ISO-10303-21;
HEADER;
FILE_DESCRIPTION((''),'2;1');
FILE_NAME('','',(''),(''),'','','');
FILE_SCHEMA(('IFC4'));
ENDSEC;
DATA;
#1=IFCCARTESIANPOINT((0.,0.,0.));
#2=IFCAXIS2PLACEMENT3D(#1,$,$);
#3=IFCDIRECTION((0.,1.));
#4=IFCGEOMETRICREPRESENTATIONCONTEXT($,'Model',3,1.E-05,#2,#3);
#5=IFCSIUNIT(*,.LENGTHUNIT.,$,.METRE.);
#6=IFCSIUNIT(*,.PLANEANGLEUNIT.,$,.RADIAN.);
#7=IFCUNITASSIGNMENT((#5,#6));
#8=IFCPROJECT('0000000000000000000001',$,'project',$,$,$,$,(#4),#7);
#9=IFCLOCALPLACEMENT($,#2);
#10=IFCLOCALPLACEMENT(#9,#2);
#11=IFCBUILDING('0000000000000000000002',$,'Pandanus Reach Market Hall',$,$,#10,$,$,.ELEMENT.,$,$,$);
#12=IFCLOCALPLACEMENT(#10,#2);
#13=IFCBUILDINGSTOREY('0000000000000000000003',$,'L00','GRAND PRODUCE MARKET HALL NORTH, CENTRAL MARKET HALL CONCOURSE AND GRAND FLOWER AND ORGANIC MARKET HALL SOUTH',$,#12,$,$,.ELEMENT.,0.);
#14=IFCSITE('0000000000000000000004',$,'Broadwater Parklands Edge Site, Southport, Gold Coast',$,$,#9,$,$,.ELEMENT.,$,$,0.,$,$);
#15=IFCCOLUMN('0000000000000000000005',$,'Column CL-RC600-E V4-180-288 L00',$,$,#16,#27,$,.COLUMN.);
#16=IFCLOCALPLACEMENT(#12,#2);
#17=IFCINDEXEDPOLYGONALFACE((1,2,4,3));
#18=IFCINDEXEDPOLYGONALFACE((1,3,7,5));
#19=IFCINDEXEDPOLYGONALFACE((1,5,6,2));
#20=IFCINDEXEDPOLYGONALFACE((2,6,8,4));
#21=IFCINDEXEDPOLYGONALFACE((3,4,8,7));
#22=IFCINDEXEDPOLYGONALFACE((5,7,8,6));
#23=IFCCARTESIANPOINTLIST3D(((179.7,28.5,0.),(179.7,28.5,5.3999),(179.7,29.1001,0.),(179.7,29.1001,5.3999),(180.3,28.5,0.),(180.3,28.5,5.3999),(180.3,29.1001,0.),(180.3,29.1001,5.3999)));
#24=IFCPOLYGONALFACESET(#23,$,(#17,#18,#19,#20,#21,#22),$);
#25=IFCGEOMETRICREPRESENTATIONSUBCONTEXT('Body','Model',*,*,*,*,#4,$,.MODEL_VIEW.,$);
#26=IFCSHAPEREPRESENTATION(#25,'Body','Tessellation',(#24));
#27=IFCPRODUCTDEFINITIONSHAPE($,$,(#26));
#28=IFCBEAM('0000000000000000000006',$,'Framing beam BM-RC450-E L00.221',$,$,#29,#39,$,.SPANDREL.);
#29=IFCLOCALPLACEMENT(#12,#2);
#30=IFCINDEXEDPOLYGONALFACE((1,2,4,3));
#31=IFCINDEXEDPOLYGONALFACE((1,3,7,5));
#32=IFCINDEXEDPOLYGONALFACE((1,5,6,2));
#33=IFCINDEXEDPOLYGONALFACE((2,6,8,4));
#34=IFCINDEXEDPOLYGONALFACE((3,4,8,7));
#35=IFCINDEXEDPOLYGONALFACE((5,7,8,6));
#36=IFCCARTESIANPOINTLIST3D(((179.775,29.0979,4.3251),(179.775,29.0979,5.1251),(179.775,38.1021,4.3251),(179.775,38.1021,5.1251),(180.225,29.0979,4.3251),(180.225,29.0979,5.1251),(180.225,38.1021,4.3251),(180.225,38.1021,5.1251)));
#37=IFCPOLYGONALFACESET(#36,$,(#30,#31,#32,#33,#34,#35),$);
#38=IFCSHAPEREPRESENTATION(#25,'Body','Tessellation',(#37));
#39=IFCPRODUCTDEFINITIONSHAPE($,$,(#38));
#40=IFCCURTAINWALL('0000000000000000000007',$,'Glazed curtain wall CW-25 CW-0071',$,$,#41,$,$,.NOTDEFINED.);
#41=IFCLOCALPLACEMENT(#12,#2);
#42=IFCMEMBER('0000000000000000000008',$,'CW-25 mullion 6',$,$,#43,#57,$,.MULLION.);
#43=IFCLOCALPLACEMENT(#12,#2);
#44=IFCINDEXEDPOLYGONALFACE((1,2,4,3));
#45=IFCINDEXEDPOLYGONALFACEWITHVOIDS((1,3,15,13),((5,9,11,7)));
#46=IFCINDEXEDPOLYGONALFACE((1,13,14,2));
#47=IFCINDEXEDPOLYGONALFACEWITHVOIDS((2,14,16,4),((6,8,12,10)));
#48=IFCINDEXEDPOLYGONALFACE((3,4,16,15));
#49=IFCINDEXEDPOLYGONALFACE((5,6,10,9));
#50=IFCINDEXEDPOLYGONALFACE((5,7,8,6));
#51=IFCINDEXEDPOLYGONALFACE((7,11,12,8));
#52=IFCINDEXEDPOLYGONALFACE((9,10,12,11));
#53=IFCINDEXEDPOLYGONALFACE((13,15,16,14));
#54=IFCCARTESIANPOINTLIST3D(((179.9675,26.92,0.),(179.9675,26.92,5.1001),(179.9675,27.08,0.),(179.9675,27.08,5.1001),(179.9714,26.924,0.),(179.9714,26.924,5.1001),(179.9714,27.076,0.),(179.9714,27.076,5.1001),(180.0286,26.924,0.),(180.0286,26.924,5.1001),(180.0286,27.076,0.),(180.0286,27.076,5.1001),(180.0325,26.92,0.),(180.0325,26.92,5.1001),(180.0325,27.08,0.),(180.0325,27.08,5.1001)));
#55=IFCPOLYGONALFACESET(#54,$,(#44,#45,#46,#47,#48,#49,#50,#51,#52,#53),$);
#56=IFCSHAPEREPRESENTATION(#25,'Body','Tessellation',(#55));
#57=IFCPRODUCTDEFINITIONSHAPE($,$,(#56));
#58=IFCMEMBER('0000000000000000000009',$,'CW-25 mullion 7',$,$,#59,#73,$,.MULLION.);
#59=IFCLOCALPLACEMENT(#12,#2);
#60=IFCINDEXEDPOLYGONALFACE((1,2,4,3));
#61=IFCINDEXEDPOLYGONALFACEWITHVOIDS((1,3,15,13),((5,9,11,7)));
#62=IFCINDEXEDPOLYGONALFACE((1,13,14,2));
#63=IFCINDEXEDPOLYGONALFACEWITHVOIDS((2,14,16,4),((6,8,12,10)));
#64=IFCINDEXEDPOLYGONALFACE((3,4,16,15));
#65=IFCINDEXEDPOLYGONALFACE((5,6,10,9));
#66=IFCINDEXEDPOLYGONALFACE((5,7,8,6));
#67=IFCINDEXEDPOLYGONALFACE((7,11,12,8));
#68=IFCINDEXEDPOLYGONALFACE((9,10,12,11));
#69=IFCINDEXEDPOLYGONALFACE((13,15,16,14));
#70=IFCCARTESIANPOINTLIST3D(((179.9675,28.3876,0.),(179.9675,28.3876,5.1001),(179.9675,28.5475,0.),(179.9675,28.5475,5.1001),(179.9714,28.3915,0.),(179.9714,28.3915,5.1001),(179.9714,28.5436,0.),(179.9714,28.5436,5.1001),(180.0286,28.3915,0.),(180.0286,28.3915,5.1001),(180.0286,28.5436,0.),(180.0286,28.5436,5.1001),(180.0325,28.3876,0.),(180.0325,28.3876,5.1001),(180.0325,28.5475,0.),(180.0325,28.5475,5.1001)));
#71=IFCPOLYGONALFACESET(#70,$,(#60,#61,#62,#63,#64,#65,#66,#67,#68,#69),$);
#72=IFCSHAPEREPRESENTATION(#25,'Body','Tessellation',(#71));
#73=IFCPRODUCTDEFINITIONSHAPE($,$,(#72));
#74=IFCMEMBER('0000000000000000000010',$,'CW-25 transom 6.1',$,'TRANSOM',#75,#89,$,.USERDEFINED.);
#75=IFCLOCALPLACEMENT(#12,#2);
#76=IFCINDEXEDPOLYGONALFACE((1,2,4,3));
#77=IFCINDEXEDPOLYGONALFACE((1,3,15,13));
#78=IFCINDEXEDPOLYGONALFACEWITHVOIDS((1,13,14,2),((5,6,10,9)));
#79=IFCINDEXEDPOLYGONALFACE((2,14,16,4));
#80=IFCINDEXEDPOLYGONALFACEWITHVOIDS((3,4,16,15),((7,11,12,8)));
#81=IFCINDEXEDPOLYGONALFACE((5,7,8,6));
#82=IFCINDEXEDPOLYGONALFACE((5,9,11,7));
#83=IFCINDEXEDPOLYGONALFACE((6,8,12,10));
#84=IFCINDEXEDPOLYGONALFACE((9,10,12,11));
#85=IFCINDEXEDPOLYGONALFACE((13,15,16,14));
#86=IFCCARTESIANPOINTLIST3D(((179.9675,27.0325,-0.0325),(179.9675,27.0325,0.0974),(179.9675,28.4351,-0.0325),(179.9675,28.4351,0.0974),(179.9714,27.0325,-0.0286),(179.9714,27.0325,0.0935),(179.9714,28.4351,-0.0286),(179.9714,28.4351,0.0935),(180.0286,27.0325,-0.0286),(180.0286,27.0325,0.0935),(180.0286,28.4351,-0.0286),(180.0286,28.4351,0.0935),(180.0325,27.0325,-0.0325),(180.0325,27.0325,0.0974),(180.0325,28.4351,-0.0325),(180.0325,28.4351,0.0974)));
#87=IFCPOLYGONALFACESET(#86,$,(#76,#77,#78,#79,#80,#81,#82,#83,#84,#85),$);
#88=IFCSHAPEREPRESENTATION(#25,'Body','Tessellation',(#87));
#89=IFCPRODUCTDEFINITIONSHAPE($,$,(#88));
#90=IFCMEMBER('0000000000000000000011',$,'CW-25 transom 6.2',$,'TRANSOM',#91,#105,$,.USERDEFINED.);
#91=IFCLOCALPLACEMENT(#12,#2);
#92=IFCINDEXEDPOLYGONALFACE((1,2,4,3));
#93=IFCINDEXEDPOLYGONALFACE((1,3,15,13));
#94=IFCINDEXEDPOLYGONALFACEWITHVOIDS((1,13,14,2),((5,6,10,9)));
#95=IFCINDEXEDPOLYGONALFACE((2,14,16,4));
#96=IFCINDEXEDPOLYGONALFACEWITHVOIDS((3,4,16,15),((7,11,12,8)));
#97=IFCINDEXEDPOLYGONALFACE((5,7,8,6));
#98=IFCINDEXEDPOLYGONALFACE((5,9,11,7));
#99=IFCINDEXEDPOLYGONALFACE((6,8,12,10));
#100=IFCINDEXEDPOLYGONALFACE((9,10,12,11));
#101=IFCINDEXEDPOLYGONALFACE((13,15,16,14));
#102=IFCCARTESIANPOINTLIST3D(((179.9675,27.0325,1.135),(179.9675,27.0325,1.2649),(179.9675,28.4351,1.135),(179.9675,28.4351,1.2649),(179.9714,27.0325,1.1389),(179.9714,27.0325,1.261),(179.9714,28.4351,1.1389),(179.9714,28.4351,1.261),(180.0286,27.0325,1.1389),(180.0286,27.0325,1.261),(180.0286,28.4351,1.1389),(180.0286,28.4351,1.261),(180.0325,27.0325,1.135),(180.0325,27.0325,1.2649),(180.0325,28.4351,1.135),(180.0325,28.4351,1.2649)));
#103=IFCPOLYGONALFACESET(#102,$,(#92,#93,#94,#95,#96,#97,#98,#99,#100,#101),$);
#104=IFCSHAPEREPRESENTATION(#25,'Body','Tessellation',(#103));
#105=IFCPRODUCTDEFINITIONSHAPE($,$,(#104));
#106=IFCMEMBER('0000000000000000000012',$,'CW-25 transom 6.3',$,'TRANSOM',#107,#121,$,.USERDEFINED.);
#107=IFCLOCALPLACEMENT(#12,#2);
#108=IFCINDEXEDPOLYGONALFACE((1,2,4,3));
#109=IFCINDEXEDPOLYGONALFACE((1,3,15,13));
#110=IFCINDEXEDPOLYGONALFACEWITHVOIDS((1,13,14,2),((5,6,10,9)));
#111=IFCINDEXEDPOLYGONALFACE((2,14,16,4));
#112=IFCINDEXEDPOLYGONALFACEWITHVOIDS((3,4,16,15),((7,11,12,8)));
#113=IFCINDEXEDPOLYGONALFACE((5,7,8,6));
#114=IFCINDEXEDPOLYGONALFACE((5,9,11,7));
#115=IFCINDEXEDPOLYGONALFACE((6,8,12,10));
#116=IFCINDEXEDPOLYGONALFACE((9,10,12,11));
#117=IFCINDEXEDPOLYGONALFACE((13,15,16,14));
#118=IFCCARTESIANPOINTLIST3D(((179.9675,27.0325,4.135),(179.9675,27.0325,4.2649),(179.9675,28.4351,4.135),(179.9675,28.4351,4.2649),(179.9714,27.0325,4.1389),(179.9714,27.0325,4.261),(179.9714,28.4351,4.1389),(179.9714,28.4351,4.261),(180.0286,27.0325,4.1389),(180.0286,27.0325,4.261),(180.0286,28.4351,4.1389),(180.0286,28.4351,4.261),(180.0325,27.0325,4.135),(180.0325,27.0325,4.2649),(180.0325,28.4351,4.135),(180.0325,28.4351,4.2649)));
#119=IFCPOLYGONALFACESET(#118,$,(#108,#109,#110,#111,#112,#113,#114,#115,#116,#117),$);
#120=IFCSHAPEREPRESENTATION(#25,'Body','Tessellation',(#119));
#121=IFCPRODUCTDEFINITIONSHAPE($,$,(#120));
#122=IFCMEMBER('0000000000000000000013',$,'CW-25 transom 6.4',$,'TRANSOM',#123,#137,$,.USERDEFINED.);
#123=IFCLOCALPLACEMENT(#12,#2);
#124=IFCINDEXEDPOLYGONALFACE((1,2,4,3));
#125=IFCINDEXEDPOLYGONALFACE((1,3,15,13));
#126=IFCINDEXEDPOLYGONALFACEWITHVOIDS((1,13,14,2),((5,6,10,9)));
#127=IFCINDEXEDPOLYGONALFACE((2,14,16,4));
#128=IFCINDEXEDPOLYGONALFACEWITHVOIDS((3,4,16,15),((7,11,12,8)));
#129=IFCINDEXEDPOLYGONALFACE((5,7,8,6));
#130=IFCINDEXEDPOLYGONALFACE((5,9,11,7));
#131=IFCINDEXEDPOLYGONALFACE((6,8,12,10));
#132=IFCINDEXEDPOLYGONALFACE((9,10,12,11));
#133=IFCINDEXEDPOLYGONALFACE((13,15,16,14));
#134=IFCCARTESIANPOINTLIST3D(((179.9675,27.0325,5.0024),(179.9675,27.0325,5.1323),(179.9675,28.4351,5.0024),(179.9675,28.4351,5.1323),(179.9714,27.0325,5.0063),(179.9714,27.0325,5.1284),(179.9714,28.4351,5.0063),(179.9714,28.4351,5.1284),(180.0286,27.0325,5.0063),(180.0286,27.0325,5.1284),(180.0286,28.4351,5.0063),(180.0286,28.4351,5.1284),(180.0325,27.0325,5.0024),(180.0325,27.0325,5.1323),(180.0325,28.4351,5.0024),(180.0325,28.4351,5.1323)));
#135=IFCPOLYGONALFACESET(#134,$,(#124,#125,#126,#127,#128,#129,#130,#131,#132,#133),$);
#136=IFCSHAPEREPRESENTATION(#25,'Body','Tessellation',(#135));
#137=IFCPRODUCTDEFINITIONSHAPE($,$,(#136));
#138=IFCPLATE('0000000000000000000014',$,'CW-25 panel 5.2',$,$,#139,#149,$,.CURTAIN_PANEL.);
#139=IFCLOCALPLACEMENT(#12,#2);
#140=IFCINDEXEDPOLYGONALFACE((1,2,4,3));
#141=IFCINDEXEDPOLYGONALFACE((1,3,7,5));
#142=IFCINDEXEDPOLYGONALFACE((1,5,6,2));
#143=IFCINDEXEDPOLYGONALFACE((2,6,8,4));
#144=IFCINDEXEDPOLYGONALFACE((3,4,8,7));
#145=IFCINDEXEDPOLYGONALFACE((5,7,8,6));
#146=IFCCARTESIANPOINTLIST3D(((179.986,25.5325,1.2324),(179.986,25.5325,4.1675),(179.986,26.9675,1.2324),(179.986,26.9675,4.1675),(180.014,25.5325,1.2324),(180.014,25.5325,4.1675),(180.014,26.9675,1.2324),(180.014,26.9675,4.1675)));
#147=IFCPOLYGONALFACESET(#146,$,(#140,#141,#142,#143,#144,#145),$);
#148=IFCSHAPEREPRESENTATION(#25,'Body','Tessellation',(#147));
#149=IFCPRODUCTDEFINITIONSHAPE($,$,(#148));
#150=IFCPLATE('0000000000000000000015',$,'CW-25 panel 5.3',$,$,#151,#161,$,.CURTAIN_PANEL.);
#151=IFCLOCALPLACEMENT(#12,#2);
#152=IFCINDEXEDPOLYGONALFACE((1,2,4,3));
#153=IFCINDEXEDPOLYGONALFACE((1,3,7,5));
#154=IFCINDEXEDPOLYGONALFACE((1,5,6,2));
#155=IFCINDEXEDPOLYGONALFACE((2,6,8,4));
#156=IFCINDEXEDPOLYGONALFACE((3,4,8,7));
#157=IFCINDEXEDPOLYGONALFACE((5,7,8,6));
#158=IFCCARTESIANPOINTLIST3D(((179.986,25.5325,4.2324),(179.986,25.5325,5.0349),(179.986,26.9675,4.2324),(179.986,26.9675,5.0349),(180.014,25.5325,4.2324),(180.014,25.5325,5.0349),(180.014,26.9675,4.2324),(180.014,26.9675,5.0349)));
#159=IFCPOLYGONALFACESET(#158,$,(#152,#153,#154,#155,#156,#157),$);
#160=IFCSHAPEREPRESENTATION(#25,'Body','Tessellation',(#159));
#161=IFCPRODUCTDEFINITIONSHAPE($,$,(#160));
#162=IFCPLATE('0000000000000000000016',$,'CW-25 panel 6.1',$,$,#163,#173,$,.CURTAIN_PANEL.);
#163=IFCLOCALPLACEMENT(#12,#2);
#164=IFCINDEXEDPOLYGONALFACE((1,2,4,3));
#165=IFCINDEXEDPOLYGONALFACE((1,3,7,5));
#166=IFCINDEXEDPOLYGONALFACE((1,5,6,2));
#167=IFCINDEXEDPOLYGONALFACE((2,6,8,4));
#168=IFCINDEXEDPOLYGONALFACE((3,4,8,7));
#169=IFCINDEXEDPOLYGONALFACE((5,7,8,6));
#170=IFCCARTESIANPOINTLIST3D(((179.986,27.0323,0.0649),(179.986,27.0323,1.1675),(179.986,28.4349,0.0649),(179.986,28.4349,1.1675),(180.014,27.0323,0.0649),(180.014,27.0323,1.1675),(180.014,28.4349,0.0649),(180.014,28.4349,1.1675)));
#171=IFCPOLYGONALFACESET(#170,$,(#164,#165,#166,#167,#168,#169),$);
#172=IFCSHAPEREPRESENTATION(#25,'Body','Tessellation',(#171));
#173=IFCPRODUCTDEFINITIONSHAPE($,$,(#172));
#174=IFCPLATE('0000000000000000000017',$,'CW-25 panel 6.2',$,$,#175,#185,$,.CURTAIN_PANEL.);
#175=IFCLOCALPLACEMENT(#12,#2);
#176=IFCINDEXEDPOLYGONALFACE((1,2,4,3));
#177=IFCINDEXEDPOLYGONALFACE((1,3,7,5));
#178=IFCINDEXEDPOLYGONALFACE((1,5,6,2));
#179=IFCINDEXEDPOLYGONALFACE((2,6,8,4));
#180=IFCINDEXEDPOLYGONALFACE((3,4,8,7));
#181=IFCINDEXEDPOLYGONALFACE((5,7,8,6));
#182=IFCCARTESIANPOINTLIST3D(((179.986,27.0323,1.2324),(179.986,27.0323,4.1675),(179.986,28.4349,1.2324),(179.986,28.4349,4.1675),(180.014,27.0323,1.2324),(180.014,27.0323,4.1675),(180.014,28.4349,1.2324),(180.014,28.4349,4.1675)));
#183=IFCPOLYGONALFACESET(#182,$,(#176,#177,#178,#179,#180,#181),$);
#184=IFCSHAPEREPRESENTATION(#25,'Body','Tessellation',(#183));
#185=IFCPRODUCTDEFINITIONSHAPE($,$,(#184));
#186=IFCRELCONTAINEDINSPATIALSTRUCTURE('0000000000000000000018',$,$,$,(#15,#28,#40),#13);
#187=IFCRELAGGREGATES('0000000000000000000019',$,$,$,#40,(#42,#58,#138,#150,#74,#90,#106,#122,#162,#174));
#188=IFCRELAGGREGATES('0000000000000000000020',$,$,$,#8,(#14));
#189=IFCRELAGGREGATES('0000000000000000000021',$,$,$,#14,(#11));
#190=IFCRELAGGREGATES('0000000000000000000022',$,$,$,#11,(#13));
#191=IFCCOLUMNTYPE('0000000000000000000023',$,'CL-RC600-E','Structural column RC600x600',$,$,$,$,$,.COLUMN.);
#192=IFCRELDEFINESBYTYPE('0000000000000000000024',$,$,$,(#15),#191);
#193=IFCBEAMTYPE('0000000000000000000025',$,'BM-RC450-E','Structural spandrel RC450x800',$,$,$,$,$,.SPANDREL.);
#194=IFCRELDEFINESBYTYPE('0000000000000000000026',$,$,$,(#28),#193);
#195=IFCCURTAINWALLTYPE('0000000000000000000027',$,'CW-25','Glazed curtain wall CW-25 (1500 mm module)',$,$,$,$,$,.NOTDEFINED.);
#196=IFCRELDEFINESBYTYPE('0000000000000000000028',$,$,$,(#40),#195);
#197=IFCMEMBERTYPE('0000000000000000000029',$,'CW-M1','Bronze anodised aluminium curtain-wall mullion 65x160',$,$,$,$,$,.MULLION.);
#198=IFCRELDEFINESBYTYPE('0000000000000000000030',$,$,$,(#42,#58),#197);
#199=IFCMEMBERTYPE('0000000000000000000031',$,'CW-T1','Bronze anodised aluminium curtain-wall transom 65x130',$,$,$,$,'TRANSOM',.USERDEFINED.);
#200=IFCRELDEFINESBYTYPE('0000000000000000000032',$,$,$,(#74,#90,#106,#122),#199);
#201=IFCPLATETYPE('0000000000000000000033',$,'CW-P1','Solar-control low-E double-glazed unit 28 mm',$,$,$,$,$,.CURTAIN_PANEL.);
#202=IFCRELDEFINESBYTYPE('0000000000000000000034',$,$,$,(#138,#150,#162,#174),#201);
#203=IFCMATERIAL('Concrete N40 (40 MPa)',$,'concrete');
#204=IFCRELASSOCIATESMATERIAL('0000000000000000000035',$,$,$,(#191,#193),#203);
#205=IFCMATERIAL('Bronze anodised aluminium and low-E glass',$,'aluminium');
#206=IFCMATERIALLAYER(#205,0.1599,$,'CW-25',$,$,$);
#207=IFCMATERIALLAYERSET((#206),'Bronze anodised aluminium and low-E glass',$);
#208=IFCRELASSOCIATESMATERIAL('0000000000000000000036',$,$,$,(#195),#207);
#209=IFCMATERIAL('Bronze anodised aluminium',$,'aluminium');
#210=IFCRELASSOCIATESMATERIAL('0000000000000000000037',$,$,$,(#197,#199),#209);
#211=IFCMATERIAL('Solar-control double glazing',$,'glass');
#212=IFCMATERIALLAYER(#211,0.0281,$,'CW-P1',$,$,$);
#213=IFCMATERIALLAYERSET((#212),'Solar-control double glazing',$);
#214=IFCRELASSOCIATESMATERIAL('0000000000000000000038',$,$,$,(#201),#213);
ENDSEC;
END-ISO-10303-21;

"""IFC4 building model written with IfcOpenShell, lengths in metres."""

from ifc_helpers import new_model, si_unit, direction, frame, origin, origin_2d, place, context, subcontext, project, spatial, rectangle, hollow_rectangle, extrude, material, layer, layer_set, material_profile, profile_set, type_object, element, aggregate, save


model = new_model("IFC4")

# Units and contexts
model_context = context("Model", 3, precision=1e-05, world=origin(), true_north=direction((0.0, 1.0)))
body_context = subcontext(model_context, "Body", "Model", "MODEL_VIEW")
ifc_project = project(units=[si_unit("LENGTHUNIT", "METRE"), si_unit("PLANEANGLEUNIT", "RADIAN")], contexts=[model_context])

# Site, building, storey
site_placement = place(None, origin())
site = spatial("IfcSite", under=ifc_project, at=site_placement, Name="Broadwater Parklands Edge Site, Southport, Gold Coast", CompositionType="ELEMENT", RefElevation=0.0)
building_placement = place(site_placement, origin())
building = spatial("IfcBuilding", under=site, at=building_placement, Name="Pandanus Reach Market Hall", CompositionType="ELEMENT")
storey_placement = place(building_placement, origin())
storey = spatial("IfcBuildingStorey", under=building, at=storey_placement, Name="L00", Description="GRAND PRODUCE MARKET HALL NORTH, CENTRAL MARKET HALL CONCOURSE AND GRAND FLOWER AND ORGANIC MARKET HALL SOUTH", CompositionType="ELEMENT", Elevation=0.0)

# Column
ifc_material_1 = material(Name="Concrete N40 (40 MPa)", Category="concrete")
ifc_material_profile_1 = material_profile(ifc_material_1, rectangle(XDim=0.6001, YDim=0.6001, at=origin_2d()), Name="RC600x600", Category="LoadBearing")
ifc_profile_set_1 = profile_set([ifc_material_profile_1], Name="Concrete N40 (40 MPa)")
column_type = type_object("IfcColumnType", Name="CL-RC600-E", Description="Structural column RC600x600", PredefinedType="COLUMN", material=ifc_profile_set_1)
column_placement = place(storey_placement, frame((180.0, 28.8, 0.0), z_axis=(0.0, 0.0, 1.0), x_axis=(1.0, 0.0, 0.0)))
element("IfcColumn", 1, at=column_placement, inside=storey, type_object=column_type, Name="Column CL-RC600-E V4-180-288 L00", PredefinedType="COLUMN", context=body_context, shape_type="SweptSolid", body=[
    extrude(rectangle(XDim=0.6001, YDim=0.6001, at=origin_2d()), origin(), (0.0, 0.0, 1.0), 5.3999),
])

# Beam
ifc_material_profile_2 = material_profile(ifc_material_1, rectangle(XDim=0.45, YDim=0.8, at=origin_2d()), Name="RC450x800", Category="LoadBearing")
ifc_profile_set_2 = profile_set([ifc_material_profile_2], Name="Concrete N40 (40 MPa)")
beam_type = type_object("IfcBeamType", Name="BM-RC450-E", Description="Structural spandrel RC450x800", PredefinedType="SPANDREL", material=ifc_profile_set_2)
beam_placement = place(storey_placement, frame((180.0, 29.0979, 4.7251), z_axis=(0.0, 1.0, 0.0), x_axis=(-1.0, 0.0, 0.0)))
element("IfcBeam", 2, at=beam_placement, inside=storey, type_object=beam_type, Name="Framing beam BM-RC450-E L00.221", PredefinedType="SPANDREL", context=body_context, shape_type="SweptSolid", body=[
    extrude(rectangle(XDim=0.45, YDim=0.8, at=origin_2d()), origin(), (0.0, 0.0, 1.0), 9.0042),
])

# Curtain wall, members, plates
ifc_material_2 = material(Name="Bronze anodised aluminium and low-E glass", Category="aluminium")
ifc_layer_1 = layer(ifc_material_2, 0.1599, Name="CW-25")
ifc_layer_set_1 = layer_set([ifc_layer_1], Name="Bronze anodised aluminium and low-E glass")
curtain_wall_type = type_object("IfcCurtainWallType", Name="CW-25", Description="Glazed curtain wall CW-25 (1500 mm module)", PredefinedType="NOTDEFINED", material=ifc_layer_set_1)
curtain_wall_placement = place(storey_placement, origin())
curtain_wall = element("IfcCurtainWall", 3, at=curtain_wall_placement, inside=storey, type_object=curtain_wall_type, Name="Glazed curtain wall CW-25 CW-0071", PredefinedType="NOTDEFINED")
ifc_material_3 = material(Name="Bronze anodised aluminium", Category="aluminium")
ifc_material_profile_3 = material_profile(ifc_material_3, hollow_rectangle(XDim=0.0649, YDim=0.1599, WallThickness=0.0039, at=origin_2d()), Name="ALU65x160", Category="LoadBearing")
ifc_profile_set_3 = profile_set([ifc_material_profile_3], Name="Bronze anodised aluminium")
member_type_1 = type_object("IfcMemberType", Name="CW-M1", Description="Bronze anodised aluminium curtain-wall mullion 65x160", PredefinedType="MULLION", material=ifc_profile_set_3)
member_1_placement = place(storey_placement, frame((180.0, 27.0, 0.0), z_axis=(0.0, 0.0, 1.0), x_axis=(-1.0, 0.0, 0.0)))
member_1 = element("IfcMember", 4, at=member_1_placement, type_object=member_type_1, Name="CW-25 mullion 6", PredefinedType="MULLION", context=body_context, shape_type="SweptSolid", body=[
    extrude(hollow_rectangle(XDim=0.0649, YDim=0.1599, WallThickness=0.0039, at=origin_2d()), origin(), (0.0, 0.0, 1.0), 5.1001),
])
member_2_placement = place(storey_placement, frame((180.0, 28.4675, 0.0), z_axis=(0.0, 0.0, 1.0), x_axis=(-1.0, 0.0, 0.0)))
member_2 = element("IfcMember", 5, at=member_2_placement, type_object=member_type_1, Name="CW-25 mullion 7", PredefinedType="MULLION", context=body_context, shape_type="SweptSolid", body=[
    extrude(hollow_rectangle(XDim=0.0649, YDim=0.1599, WallThickness=0.0039, at=origin_2d()), origin(), (0.0, 0.0, 1.0), 5.1001),
])
ifc_material_profile_4 = material_profile(ifc_material_3, hollow_rectangle(XDim=0.0649, YDim=0.1299, WallThickness=0.0039, at=origin_2d()), Name="ALU65x130", Category="LoadBearing")
ifc_profile_set_4 = profile_set([ifc_material_profile_4], Name="Bronze anodised aluminium")
member_type_2 = type_object("IfcMemberType", Name="CW-T1", Description="Bronze anodised aluminium curtain-wall transom 65x130", ElementType="TRANSOM", PredefinedType="USERDEFINED", material=ifc_profile_set_4)
member_3_placement = place(storey_placement, frame((180.0, 27.0325, 0.0325), z_axis=(0.0, 1.0, 0.0), x_axis=(-1.0, 0.0, 0.0)))
member_3 = element("IfcMember", 6, at=member_3_placement, type_object=member_type_2, Name="CW-25 transom 6.1", ObjectType="TRANSOM", PredefinedType="USERDEFINED", context=body_context, shape_type="SweptSolid", body=[
    extrude(hollow_rectangle(XDim=0.0649, YDim=0.1299, WallThickness=0.0039, at=origin_2d()), origin(), (0.0, 0.0, 1.0), 1.4026),
])
member_4_placement = place(storey_placement, frame((180.0, 27.0325, 1.2), z_axis=(0.0, 1.0, 0.0), x_axis=(-1.0, 0.0, 0.0)))
member_4 = element("IfcMember", 7, at=member_4_placement, type_object=member_type_2, Name="CW-25 transom 6.2", ObjectType="TRANSOM", PredefinedType="USERDEFINED", context=body_context, shape_type="SweptSolid", body=[
    extrude(hollow_rectangle(XDim=0.0649, YDim=0.1299, WallThickness=0.0039, at=origin_2d()), origin(), (0.0, 0.0, 1.0), 1.4026),
])
member_5_placement = place(storey_placement, frame((180.0, 27.0325, 4.2), z_axis=(0.0, 1.0, 0.0), x_axis=(-1.0, 0.0, 0.0)))
member_5 = element("IfcMember", 8, at=member_5_placement, type_object=member_type_2, Name="CW-25 transom 6.3", ObjectType="TRANSOM", PredefinedType="USERDEFINED", context=body_context, shape_type="SweptSolid", body=[
    extrude(hollow_rectangle(XDim=0.0649, YDim=0.1299, WallThickness=0.0039, at=origin_2d()), origin(), (0.0, 0.0, 1.0), 1.4026),
])
member_6_placement = place(storey_placement, frame((180.0, 27.0325, 5.0674), z_axis=(0.0, 1.0, 0.0), x_axis=(-1.0, 0.0, 0.0)))
member_6 = element("IfcMember", 9, at=member_6_placement, type_object=member_type_2, Name="CW-25 transom 6.4", ObjectType="TRANSOM", PredefinedType="USERDEFINED", context=body_context, shape_type="SweptSolid", body=[
    extrude(hollow_rectangle(XDim=0.0649, YDim=0.1299, WallThickness=0.0039, at=origin_2d()), origin(), (0.0, 0.0, 1.0), 1.4026),
])
ifc_material_4 = material(Name="Solar-control double glazing", Category="glass")
ifc_layer_2 = layer(ifc_material_4, 0.0281, Name="CW-P1")
ifc_layer_set_2 = layer_set([ifc_layer_2], Name="Solar-control double glazing")
plate_type = type_object("IfcPlateType", Name="CW-P1", Description="Solar-control low-E double-glazed unit 28 mm", PredefinedType="CURTAIN_PANEL", material=ifc_layer_set_2)
plate_1_placement = place(storey_placement, frame((180.0, 26.25, 1.2324), z_axis=(0.0, 0.0, 1.0), x_axis=(0.0, 1.0, 0.0)))
plate_1 = element("IfcPlate", 10, at=plate_1_placement, type_object=plate_type, Name="CW-25 panel 5.2", PredefinedType="CURTAIN_PANEL", context=body_context, shape_type="SweptSolid", body=[
    extrude(rectangle(XDim=1.4351, YDim=0.0281, at=origin_2d()), origin(), (0.0, 0.0, 1.0), 2.9351),
])
plate_2_placement = place(storey_placement, frame((180.0, 26.25, 4.2324), z_axis=(0.0, 0.0, 1.0), x_axis=(0.0, 1.0, 0.0)))
plate_2 = element("IfcPlate", 11, at=plate_2_placement, type_object=plate_type, Name="CW-25 panel 5.3", PredefinedType="CURTAIN_PANEL", context=body_context, shape_type="SweptSolid", body=[
    extrude(rectangle(XDim=1.4351, YDim=0.0281, at=origin_2d()), origin(), (0.0, 0.0, 1.0), 0.8025),
])
plate_3_placement = place(storey_placement, frame((180.0, 27.7336, 0.0649), z_axis=(0.0, 0.0, 1.0), x_axis=(0.0, 1.0, 0.0)))
plate_3 = element("IfcPlate", 12, at=plate_3_placement, type_object=plate_type, Name="CW-25 panel 6.1", PredefinedType="CURTAIN_PANEL", context=body_context, shape_type="SweptSolid", body=[
    extrude(rectangle(XDim=1.4026, YDim=0.0281, at=origin_2d()), origin(), (0.0, 0.0, 1.0), 1.1025),
])
plate_4_placement = place(storey_placement, frame((180.0, 27.7336, 1.2324), z_axis=(0.0, 0.0, 1.0), x_axis=(0.0, 1.0, 0.0)))
plate_4 = element("IfcPlate", 13, at=plate_4_placement, type_object=plate_type, Name="CW-25 panel 6.2", PredefinedType="CURTAIN_PANEL", context=body_context, shape_type="SweptSolid", body=[
    extrude(rectangle(XDim=1.4026, YDim=0.0281, at=origin_2d()), origin(), (0.0, 0.0, 1.0), 2.9351),
])
aggregate(curtain_wall, [member_1, member_2, plate_1, plate_2, member_3, member_4, member_5, member_6, plate_3, plate_4])

save(model, "model.ifc")
